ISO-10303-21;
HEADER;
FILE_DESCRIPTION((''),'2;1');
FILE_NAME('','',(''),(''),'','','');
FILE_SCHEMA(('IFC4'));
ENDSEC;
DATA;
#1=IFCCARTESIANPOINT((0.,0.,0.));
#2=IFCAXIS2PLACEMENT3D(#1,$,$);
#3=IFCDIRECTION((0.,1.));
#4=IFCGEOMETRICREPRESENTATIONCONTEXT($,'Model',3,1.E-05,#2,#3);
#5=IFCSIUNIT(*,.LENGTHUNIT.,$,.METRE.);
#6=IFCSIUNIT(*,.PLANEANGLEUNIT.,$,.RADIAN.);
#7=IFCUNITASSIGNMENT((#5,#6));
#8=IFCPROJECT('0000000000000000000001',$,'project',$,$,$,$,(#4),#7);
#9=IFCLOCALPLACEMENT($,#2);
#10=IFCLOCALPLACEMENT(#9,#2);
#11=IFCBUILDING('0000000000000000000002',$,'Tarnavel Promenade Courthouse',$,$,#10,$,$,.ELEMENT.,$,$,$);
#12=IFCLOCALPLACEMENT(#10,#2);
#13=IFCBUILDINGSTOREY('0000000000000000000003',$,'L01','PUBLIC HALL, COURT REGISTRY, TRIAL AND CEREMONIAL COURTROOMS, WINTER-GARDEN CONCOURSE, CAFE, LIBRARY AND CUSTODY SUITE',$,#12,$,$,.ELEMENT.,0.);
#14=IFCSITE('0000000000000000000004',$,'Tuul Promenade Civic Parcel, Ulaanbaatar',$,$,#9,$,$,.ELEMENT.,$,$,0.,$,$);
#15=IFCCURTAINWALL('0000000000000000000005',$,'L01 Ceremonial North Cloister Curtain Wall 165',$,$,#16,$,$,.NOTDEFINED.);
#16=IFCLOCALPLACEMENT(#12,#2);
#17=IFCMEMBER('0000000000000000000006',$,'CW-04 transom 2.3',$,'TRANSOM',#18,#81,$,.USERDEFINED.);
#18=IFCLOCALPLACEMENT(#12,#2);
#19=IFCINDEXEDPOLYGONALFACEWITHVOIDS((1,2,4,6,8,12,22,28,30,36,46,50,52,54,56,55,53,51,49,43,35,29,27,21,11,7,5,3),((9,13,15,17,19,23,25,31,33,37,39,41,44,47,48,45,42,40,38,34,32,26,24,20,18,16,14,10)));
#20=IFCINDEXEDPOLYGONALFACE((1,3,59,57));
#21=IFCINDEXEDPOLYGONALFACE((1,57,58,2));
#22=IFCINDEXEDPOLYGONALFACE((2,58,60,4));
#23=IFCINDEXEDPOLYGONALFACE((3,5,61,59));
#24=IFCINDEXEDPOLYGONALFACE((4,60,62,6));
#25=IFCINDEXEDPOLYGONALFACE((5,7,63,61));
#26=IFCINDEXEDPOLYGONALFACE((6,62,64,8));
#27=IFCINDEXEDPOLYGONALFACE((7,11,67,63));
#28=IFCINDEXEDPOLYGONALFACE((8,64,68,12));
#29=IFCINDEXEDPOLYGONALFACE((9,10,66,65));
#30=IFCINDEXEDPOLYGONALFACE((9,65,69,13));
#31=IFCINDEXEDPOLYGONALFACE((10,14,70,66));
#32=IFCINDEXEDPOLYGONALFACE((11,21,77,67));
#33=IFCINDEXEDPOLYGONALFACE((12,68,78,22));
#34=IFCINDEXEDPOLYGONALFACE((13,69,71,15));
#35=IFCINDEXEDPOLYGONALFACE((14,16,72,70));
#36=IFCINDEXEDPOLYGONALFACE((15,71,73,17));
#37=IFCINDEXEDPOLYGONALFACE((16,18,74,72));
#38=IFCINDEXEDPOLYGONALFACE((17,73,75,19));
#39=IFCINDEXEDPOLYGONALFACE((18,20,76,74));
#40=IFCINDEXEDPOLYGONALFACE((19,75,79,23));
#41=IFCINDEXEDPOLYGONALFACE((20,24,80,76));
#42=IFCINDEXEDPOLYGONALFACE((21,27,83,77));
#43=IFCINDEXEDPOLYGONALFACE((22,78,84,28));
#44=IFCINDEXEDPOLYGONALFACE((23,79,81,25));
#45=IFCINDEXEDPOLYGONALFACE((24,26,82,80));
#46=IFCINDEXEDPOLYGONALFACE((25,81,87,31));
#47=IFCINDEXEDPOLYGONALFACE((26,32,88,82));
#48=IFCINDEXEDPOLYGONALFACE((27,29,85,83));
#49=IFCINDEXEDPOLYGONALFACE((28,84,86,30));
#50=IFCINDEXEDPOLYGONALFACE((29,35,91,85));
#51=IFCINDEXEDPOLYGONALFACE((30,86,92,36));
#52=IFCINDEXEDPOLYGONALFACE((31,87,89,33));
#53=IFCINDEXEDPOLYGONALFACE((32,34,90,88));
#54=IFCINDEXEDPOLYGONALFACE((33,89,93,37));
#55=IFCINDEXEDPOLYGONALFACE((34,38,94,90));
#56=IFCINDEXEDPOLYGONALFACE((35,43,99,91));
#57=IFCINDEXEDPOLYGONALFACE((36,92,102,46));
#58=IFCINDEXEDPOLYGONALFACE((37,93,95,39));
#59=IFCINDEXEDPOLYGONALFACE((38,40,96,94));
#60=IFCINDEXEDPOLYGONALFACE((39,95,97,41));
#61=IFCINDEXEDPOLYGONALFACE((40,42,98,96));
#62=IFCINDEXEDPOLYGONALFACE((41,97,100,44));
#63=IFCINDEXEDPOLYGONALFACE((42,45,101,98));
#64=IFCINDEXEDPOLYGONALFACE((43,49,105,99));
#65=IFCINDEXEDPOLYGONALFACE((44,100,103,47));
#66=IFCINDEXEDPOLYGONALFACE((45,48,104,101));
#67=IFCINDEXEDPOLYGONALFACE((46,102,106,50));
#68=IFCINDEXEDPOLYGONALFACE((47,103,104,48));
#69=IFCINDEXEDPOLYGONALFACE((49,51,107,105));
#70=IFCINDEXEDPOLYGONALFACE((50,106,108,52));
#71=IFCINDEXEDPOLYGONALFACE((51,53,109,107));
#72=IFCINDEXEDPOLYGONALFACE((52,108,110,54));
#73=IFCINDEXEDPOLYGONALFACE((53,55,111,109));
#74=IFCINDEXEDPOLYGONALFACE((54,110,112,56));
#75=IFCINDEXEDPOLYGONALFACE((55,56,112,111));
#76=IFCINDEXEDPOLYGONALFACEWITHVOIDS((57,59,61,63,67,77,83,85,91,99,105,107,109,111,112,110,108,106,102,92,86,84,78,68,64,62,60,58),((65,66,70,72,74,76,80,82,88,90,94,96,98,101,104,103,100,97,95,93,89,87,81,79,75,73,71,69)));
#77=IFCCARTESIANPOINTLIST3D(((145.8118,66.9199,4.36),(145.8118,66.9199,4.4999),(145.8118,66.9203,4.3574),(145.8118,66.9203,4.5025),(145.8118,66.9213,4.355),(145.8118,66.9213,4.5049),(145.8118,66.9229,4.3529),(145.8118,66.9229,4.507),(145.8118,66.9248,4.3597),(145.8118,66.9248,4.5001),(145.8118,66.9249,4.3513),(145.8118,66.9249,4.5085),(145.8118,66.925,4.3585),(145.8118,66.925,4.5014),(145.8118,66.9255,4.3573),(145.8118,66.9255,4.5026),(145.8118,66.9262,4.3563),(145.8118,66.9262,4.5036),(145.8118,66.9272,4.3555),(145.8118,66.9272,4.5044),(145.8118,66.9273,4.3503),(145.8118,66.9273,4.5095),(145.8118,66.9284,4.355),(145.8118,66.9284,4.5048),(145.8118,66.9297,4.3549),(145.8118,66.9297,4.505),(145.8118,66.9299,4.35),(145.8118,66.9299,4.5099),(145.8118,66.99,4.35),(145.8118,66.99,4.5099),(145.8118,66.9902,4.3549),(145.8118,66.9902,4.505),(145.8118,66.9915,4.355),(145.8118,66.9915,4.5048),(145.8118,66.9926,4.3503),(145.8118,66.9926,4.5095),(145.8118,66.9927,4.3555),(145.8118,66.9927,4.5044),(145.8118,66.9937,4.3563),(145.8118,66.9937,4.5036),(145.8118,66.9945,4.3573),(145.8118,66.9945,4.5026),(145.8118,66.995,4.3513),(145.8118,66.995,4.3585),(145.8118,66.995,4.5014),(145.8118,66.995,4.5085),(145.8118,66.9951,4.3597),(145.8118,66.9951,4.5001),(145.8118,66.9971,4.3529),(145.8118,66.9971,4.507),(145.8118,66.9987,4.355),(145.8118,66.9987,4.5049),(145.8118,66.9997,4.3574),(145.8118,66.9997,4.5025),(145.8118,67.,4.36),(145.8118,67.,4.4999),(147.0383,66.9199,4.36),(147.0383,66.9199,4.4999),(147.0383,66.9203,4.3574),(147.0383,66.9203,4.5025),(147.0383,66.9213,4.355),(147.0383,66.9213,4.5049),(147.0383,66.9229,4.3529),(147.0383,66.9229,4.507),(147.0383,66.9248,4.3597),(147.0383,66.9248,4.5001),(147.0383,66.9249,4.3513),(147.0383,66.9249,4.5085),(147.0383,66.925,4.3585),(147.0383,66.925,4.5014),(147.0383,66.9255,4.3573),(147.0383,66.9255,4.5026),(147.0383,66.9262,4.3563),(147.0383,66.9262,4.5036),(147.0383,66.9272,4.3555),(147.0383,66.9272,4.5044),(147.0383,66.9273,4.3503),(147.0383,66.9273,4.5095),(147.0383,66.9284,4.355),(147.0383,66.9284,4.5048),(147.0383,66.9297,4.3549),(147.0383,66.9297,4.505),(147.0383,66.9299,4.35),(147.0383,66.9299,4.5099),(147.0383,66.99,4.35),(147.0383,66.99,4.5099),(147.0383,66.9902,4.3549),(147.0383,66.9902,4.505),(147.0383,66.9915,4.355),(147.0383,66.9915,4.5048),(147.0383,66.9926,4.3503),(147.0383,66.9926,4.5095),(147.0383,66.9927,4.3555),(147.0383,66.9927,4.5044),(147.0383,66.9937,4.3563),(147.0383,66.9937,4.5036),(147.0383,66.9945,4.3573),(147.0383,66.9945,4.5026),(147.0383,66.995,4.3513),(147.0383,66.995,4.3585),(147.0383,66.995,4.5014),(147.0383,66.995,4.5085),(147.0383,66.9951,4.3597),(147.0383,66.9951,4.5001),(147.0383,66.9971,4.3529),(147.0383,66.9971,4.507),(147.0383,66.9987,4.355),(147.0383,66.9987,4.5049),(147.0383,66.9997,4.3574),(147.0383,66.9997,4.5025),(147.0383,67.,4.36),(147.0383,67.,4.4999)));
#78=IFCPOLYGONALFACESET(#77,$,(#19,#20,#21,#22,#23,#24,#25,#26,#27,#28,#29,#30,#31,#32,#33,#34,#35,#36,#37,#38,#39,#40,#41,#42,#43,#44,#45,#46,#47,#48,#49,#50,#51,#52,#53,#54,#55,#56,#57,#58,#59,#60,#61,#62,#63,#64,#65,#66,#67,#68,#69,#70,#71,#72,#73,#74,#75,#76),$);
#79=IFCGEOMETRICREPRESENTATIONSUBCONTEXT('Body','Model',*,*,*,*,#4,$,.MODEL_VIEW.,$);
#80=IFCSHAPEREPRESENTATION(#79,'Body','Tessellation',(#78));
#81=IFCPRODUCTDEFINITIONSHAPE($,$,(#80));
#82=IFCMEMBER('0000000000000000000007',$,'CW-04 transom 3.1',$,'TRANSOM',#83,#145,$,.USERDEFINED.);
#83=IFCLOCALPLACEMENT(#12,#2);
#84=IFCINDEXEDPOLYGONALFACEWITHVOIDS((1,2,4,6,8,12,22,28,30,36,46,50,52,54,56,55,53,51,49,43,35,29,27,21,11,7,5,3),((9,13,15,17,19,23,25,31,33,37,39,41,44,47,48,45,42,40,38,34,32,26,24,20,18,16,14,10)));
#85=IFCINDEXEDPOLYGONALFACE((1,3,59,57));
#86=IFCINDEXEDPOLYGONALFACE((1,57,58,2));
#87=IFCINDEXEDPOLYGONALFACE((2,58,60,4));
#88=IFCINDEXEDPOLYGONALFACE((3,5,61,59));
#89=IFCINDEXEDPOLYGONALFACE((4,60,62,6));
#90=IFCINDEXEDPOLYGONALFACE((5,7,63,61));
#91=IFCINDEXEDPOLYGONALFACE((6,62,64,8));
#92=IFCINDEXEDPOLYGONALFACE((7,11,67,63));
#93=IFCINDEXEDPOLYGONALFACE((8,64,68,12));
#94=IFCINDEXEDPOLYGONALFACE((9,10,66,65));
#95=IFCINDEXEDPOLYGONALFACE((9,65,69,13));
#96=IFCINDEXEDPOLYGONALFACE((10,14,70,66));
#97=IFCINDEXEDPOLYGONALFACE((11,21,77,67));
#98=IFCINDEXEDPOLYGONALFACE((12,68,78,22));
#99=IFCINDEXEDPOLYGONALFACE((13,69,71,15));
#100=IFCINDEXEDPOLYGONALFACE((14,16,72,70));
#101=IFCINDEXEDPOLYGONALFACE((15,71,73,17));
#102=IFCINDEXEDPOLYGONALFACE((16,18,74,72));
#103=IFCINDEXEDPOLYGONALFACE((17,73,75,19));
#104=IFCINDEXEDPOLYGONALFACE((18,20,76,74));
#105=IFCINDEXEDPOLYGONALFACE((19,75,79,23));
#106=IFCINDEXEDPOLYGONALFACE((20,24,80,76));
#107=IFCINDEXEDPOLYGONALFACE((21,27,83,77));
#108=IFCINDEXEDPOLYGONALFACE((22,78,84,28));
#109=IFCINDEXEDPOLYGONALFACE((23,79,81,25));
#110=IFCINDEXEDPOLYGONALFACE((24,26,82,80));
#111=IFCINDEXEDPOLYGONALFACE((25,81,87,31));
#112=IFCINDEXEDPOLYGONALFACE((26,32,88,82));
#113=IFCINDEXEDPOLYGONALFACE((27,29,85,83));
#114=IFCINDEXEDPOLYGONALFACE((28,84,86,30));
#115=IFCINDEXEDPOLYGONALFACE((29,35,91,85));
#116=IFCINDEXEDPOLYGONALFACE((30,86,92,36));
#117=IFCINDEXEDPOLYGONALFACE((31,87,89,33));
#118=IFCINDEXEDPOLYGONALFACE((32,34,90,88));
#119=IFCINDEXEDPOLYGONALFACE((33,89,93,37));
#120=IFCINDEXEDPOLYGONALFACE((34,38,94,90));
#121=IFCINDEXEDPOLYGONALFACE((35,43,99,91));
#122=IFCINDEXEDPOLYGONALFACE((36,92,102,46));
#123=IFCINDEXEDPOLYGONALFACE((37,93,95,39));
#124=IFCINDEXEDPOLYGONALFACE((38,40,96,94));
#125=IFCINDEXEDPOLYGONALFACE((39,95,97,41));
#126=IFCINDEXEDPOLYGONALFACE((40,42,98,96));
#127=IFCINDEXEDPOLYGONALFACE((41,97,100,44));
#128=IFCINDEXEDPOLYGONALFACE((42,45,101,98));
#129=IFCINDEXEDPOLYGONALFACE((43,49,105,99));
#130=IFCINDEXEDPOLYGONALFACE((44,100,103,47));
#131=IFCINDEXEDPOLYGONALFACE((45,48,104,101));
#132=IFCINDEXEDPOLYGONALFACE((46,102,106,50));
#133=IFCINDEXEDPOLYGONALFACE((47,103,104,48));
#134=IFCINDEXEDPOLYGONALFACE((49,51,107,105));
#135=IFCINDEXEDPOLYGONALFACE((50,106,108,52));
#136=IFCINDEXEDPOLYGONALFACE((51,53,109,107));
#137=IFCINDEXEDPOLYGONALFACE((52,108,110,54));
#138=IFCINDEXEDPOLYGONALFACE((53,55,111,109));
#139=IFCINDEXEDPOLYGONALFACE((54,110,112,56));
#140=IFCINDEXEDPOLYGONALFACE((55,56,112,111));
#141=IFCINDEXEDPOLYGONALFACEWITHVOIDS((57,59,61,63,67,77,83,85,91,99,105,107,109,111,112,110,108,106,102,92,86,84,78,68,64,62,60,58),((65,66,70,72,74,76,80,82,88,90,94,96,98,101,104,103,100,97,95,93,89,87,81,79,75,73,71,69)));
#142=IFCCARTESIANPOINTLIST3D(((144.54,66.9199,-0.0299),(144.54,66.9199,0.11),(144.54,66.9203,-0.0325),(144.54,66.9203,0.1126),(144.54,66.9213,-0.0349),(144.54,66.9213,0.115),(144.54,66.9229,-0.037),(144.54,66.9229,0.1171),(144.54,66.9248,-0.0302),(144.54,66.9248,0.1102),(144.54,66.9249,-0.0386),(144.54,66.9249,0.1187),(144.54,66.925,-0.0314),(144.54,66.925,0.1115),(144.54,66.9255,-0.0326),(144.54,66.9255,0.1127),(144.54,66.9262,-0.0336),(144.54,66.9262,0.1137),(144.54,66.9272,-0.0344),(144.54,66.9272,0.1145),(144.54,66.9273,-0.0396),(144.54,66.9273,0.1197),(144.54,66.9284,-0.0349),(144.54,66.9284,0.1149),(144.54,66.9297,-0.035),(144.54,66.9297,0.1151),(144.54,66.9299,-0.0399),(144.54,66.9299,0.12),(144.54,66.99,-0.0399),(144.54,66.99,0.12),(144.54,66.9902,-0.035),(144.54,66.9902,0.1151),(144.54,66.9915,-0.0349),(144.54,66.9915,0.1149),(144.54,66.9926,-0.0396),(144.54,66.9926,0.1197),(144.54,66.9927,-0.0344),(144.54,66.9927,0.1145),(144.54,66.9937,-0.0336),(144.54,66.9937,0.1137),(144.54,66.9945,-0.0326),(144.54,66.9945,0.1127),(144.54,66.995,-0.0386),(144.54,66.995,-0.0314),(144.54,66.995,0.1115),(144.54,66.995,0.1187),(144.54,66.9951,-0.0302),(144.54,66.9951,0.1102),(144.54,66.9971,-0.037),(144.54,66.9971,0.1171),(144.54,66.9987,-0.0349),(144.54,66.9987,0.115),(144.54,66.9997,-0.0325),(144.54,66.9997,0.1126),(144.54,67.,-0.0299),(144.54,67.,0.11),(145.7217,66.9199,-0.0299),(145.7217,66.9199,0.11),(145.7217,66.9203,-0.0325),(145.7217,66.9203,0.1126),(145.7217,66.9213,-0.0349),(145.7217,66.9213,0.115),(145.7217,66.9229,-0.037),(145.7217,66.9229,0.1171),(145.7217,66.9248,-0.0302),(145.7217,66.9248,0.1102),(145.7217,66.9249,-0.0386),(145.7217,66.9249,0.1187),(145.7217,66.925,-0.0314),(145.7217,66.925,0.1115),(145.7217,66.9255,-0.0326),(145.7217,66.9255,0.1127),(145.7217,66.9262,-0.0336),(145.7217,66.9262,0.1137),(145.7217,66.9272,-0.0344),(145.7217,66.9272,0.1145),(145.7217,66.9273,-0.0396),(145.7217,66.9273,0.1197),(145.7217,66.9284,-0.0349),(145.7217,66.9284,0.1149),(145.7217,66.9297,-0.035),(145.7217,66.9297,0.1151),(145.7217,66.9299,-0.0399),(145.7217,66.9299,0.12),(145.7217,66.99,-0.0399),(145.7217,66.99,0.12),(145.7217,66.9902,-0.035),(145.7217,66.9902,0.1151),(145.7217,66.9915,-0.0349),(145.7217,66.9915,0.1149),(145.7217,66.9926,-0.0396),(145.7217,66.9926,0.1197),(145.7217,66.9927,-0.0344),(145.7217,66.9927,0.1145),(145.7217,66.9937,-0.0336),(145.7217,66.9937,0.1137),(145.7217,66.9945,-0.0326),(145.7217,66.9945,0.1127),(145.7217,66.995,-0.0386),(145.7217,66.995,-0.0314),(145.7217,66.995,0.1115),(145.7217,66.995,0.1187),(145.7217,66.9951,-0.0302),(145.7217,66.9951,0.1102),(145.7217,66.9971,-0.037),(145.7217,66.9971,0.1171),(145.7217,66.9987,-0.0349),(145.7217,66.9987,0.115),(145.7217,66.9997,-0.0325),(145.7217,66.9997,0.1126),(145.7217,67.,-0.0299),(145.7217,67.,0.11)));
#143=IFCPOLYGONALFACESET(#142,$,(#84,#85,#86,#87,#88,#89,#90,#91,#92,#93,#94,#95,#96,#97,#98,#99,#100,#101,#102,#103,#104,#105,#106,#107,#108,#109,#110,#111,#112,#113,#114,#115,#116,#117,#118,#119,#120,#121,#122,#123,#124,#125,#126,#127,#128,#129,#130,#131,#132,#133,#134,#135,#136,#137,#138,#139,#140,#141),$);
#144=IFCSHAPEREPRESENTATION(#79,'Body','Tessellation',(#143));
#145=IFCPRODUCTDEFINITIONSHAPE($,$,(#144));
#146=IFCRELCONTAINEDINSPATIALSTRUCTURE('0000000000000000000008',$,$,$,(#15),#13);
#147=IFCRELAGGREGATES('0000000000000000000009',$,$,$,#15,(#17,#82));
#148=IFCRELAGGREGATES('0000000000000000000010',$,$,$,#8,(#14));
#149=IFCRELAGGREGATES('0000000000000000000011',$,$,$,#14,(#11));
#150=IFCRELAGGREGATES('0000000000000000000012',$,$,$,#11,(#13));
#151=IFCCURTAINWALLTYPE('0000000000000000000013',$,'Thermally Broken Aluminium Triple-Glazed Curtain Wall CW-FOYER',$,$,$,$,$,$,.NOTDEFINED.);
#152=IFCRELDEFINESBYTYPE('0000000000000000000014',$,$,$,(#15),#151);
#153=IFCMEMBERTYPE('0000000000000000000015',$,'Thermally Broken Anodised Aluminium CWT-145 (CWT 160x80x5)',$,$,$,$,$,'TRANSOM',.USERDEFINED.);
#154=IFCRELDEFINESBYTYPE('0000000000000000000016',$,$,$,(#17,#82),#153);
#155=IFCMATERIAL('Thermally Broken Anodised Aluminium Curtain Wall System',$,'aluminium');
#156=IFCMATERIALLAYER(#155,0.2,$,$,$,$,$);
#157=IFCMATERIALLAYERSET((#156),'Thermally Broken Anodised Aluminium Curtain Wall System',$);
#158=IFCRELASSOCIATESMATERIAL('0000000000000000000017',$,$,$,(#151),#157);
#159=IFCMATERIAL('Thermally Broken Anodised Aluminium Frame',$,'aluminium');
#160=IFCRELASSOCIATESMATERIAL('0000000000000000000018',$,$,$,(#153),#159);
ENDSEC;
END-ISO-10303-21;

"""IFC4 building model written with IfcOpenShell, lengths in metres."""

from ifc_helpers import new_model, si_unit, direction, frame, origin, origin_2d, place, context, subcontext, project, spatial, hollow_rectangle, extrude, material, layer, layer_set, material_profile, profile_set, type_object, element, aggregate, save


model = new_model("IFC4")

# Units and contexts
model_context = context("Model", 3, precision=1e-05, world=origin(), true_north=direction((0.0, 1.0)))
body_context = subcontext(model_context, "Body", "Model", "MODEL_VIEW")
ifc_project = project(units=[si_unit("LENGTHUNIT", "METRE"), si_unit("PLANEANGLEUNIT", "RADIAN")], contexts=[model_context])

# Site, building, storey
site_placement = place(None, origin())
site = spatial("IfcSite", under=ifc_project, at=site_placement, Name="Tuul Promenade Civic Parcel, Ulaanbaatar", CompositionType="ELEMENT", RefElevation=0.0)
building_placement = place(site_placement, origin())
building = spatial("IfcBuilding", under=site, at=building_placement, Name="Tarnavel Promenade Courthouse", CompositionType="ELEMENT")
storey_placement = place(building_placement, origin())
storey = spatial("IfcBuildingStorey", under=building, at=storey_placement, Name="L01", Description="PUBLIC HALL, COURT REGISTRY, TRIAL AND CEREMONIAL COURTROOMS, WINTER-GARDEN CONCOURSE, CAFE, LIBRARY AND CUSTODY SUITE", CompositionType="ELEMENT", Elevation=0.0)

# Curtain wall
ifc_material_1 = material(Name="Thermally Broken Anodised Aluminium Curtain Wall System", Category="aluminium")
ifc_layer_1 = layer(ifc_material_1, 0.2)
ifc_layer_set_1 = layer_set([ifc_layer_1], Name="Thermally Broken Anodised Aluminium Curtain Wall System")
curtain_wall_type = type_object("IfcCurtainWallType", Name="Thermally Broken Aluminium Triple-Glazed Curtain Wall CW-FOYER", PredefinedType="NOTDEFINED", material=ifc_layer_set_1)
ifc_material_2 = material(Name="Thermally Broken Anodised Aluminium Frame", Category="aluminium")
curtain_wall_1_placement = place(storey_placement, origin())
curtain_wall_1 = element("IfcCurtainWall", 1, at=curtain_wall_1_placement, inside=storey, type_object=curtain_wall_type, Name="L01 Ceremonial North Cloister Curtain Wall 165", PredefinedType="NOTDEFINED")

# Members
ifc_material_profile_1 = material_profile(ifc_material_2, hollow_rectangle(XDim=0.0801, YDim=0.1599, WallThickness=0.0049, InnerFilletRadius=0.0049, OuterFilletRadius=0.01, at=origin_2d()), Name="CWT 160x80x5")
ifc_profile_set_1 = profile_set([ifc_material_profile_1], Name="Thermally Broken Anodised Aluminium Frame")
member_type_1 = type_object("IfcMemberType", Name="Thermally Broken Anodised Aluminium CWT-145 (CWT 160x80x5)", ElementType="TRANSOM", PredefinedType="USERDEFINED", material=ifc_profile_set_1)
member_1_placement = place(storey_placement, frame((147.0383, 66.96, 4.4299), z_axis=(-1.0, 0.0, 0.0), x_axis=(0.0, -1.0, 0.0)))
member_1 = element("IfcMember", 2, at=member_1_placement, type_object=member_type_1, Name="CW-04 transom 2.3", ObjectType="TRANSOM", PredefinedType="USERDEFINED", context=body_context, shape_type="SweptSolid", body=[
    extrude(hollow_rectangle(XDim=0.0801, YDim=0.1599, WallThickness=0.0049, InnerFilletRadius=0.0049, OuterFilletRadius=0.01, at=origin_2d()), origin(), (0.0, 0.0, 1.0), 1.2266),
])
member_2_placement = place(storey_placement, frame((145.7217, 66.96, 0.04), z_axis=(-1.0, 0.0, 0.0), x_axis=(0.0, -1.0, 0.0)))
member_2 = element("IfcMember", 3, at=member_2_placement, type_object=member_type_1, Name="CW-04 transom 3.1", ObjectType="TRANSOM", PredefinedType="USERDEFINED", context=body_context, shape_type="SweptSolid", body=[
    extrude(hollow_rectangle(XDim=0.0801, YDim=0.1599, WallThickness=0.0049, InnerFilletRadius=0.0049, OuterFilletRadius=0.01, at=origin_2d()), origin(), (0.0, 0.0, 1.0), 1.1816),
])

aggregate(curtain_wall_1, [member_1, member_2])

save(model, "model.ifc")
